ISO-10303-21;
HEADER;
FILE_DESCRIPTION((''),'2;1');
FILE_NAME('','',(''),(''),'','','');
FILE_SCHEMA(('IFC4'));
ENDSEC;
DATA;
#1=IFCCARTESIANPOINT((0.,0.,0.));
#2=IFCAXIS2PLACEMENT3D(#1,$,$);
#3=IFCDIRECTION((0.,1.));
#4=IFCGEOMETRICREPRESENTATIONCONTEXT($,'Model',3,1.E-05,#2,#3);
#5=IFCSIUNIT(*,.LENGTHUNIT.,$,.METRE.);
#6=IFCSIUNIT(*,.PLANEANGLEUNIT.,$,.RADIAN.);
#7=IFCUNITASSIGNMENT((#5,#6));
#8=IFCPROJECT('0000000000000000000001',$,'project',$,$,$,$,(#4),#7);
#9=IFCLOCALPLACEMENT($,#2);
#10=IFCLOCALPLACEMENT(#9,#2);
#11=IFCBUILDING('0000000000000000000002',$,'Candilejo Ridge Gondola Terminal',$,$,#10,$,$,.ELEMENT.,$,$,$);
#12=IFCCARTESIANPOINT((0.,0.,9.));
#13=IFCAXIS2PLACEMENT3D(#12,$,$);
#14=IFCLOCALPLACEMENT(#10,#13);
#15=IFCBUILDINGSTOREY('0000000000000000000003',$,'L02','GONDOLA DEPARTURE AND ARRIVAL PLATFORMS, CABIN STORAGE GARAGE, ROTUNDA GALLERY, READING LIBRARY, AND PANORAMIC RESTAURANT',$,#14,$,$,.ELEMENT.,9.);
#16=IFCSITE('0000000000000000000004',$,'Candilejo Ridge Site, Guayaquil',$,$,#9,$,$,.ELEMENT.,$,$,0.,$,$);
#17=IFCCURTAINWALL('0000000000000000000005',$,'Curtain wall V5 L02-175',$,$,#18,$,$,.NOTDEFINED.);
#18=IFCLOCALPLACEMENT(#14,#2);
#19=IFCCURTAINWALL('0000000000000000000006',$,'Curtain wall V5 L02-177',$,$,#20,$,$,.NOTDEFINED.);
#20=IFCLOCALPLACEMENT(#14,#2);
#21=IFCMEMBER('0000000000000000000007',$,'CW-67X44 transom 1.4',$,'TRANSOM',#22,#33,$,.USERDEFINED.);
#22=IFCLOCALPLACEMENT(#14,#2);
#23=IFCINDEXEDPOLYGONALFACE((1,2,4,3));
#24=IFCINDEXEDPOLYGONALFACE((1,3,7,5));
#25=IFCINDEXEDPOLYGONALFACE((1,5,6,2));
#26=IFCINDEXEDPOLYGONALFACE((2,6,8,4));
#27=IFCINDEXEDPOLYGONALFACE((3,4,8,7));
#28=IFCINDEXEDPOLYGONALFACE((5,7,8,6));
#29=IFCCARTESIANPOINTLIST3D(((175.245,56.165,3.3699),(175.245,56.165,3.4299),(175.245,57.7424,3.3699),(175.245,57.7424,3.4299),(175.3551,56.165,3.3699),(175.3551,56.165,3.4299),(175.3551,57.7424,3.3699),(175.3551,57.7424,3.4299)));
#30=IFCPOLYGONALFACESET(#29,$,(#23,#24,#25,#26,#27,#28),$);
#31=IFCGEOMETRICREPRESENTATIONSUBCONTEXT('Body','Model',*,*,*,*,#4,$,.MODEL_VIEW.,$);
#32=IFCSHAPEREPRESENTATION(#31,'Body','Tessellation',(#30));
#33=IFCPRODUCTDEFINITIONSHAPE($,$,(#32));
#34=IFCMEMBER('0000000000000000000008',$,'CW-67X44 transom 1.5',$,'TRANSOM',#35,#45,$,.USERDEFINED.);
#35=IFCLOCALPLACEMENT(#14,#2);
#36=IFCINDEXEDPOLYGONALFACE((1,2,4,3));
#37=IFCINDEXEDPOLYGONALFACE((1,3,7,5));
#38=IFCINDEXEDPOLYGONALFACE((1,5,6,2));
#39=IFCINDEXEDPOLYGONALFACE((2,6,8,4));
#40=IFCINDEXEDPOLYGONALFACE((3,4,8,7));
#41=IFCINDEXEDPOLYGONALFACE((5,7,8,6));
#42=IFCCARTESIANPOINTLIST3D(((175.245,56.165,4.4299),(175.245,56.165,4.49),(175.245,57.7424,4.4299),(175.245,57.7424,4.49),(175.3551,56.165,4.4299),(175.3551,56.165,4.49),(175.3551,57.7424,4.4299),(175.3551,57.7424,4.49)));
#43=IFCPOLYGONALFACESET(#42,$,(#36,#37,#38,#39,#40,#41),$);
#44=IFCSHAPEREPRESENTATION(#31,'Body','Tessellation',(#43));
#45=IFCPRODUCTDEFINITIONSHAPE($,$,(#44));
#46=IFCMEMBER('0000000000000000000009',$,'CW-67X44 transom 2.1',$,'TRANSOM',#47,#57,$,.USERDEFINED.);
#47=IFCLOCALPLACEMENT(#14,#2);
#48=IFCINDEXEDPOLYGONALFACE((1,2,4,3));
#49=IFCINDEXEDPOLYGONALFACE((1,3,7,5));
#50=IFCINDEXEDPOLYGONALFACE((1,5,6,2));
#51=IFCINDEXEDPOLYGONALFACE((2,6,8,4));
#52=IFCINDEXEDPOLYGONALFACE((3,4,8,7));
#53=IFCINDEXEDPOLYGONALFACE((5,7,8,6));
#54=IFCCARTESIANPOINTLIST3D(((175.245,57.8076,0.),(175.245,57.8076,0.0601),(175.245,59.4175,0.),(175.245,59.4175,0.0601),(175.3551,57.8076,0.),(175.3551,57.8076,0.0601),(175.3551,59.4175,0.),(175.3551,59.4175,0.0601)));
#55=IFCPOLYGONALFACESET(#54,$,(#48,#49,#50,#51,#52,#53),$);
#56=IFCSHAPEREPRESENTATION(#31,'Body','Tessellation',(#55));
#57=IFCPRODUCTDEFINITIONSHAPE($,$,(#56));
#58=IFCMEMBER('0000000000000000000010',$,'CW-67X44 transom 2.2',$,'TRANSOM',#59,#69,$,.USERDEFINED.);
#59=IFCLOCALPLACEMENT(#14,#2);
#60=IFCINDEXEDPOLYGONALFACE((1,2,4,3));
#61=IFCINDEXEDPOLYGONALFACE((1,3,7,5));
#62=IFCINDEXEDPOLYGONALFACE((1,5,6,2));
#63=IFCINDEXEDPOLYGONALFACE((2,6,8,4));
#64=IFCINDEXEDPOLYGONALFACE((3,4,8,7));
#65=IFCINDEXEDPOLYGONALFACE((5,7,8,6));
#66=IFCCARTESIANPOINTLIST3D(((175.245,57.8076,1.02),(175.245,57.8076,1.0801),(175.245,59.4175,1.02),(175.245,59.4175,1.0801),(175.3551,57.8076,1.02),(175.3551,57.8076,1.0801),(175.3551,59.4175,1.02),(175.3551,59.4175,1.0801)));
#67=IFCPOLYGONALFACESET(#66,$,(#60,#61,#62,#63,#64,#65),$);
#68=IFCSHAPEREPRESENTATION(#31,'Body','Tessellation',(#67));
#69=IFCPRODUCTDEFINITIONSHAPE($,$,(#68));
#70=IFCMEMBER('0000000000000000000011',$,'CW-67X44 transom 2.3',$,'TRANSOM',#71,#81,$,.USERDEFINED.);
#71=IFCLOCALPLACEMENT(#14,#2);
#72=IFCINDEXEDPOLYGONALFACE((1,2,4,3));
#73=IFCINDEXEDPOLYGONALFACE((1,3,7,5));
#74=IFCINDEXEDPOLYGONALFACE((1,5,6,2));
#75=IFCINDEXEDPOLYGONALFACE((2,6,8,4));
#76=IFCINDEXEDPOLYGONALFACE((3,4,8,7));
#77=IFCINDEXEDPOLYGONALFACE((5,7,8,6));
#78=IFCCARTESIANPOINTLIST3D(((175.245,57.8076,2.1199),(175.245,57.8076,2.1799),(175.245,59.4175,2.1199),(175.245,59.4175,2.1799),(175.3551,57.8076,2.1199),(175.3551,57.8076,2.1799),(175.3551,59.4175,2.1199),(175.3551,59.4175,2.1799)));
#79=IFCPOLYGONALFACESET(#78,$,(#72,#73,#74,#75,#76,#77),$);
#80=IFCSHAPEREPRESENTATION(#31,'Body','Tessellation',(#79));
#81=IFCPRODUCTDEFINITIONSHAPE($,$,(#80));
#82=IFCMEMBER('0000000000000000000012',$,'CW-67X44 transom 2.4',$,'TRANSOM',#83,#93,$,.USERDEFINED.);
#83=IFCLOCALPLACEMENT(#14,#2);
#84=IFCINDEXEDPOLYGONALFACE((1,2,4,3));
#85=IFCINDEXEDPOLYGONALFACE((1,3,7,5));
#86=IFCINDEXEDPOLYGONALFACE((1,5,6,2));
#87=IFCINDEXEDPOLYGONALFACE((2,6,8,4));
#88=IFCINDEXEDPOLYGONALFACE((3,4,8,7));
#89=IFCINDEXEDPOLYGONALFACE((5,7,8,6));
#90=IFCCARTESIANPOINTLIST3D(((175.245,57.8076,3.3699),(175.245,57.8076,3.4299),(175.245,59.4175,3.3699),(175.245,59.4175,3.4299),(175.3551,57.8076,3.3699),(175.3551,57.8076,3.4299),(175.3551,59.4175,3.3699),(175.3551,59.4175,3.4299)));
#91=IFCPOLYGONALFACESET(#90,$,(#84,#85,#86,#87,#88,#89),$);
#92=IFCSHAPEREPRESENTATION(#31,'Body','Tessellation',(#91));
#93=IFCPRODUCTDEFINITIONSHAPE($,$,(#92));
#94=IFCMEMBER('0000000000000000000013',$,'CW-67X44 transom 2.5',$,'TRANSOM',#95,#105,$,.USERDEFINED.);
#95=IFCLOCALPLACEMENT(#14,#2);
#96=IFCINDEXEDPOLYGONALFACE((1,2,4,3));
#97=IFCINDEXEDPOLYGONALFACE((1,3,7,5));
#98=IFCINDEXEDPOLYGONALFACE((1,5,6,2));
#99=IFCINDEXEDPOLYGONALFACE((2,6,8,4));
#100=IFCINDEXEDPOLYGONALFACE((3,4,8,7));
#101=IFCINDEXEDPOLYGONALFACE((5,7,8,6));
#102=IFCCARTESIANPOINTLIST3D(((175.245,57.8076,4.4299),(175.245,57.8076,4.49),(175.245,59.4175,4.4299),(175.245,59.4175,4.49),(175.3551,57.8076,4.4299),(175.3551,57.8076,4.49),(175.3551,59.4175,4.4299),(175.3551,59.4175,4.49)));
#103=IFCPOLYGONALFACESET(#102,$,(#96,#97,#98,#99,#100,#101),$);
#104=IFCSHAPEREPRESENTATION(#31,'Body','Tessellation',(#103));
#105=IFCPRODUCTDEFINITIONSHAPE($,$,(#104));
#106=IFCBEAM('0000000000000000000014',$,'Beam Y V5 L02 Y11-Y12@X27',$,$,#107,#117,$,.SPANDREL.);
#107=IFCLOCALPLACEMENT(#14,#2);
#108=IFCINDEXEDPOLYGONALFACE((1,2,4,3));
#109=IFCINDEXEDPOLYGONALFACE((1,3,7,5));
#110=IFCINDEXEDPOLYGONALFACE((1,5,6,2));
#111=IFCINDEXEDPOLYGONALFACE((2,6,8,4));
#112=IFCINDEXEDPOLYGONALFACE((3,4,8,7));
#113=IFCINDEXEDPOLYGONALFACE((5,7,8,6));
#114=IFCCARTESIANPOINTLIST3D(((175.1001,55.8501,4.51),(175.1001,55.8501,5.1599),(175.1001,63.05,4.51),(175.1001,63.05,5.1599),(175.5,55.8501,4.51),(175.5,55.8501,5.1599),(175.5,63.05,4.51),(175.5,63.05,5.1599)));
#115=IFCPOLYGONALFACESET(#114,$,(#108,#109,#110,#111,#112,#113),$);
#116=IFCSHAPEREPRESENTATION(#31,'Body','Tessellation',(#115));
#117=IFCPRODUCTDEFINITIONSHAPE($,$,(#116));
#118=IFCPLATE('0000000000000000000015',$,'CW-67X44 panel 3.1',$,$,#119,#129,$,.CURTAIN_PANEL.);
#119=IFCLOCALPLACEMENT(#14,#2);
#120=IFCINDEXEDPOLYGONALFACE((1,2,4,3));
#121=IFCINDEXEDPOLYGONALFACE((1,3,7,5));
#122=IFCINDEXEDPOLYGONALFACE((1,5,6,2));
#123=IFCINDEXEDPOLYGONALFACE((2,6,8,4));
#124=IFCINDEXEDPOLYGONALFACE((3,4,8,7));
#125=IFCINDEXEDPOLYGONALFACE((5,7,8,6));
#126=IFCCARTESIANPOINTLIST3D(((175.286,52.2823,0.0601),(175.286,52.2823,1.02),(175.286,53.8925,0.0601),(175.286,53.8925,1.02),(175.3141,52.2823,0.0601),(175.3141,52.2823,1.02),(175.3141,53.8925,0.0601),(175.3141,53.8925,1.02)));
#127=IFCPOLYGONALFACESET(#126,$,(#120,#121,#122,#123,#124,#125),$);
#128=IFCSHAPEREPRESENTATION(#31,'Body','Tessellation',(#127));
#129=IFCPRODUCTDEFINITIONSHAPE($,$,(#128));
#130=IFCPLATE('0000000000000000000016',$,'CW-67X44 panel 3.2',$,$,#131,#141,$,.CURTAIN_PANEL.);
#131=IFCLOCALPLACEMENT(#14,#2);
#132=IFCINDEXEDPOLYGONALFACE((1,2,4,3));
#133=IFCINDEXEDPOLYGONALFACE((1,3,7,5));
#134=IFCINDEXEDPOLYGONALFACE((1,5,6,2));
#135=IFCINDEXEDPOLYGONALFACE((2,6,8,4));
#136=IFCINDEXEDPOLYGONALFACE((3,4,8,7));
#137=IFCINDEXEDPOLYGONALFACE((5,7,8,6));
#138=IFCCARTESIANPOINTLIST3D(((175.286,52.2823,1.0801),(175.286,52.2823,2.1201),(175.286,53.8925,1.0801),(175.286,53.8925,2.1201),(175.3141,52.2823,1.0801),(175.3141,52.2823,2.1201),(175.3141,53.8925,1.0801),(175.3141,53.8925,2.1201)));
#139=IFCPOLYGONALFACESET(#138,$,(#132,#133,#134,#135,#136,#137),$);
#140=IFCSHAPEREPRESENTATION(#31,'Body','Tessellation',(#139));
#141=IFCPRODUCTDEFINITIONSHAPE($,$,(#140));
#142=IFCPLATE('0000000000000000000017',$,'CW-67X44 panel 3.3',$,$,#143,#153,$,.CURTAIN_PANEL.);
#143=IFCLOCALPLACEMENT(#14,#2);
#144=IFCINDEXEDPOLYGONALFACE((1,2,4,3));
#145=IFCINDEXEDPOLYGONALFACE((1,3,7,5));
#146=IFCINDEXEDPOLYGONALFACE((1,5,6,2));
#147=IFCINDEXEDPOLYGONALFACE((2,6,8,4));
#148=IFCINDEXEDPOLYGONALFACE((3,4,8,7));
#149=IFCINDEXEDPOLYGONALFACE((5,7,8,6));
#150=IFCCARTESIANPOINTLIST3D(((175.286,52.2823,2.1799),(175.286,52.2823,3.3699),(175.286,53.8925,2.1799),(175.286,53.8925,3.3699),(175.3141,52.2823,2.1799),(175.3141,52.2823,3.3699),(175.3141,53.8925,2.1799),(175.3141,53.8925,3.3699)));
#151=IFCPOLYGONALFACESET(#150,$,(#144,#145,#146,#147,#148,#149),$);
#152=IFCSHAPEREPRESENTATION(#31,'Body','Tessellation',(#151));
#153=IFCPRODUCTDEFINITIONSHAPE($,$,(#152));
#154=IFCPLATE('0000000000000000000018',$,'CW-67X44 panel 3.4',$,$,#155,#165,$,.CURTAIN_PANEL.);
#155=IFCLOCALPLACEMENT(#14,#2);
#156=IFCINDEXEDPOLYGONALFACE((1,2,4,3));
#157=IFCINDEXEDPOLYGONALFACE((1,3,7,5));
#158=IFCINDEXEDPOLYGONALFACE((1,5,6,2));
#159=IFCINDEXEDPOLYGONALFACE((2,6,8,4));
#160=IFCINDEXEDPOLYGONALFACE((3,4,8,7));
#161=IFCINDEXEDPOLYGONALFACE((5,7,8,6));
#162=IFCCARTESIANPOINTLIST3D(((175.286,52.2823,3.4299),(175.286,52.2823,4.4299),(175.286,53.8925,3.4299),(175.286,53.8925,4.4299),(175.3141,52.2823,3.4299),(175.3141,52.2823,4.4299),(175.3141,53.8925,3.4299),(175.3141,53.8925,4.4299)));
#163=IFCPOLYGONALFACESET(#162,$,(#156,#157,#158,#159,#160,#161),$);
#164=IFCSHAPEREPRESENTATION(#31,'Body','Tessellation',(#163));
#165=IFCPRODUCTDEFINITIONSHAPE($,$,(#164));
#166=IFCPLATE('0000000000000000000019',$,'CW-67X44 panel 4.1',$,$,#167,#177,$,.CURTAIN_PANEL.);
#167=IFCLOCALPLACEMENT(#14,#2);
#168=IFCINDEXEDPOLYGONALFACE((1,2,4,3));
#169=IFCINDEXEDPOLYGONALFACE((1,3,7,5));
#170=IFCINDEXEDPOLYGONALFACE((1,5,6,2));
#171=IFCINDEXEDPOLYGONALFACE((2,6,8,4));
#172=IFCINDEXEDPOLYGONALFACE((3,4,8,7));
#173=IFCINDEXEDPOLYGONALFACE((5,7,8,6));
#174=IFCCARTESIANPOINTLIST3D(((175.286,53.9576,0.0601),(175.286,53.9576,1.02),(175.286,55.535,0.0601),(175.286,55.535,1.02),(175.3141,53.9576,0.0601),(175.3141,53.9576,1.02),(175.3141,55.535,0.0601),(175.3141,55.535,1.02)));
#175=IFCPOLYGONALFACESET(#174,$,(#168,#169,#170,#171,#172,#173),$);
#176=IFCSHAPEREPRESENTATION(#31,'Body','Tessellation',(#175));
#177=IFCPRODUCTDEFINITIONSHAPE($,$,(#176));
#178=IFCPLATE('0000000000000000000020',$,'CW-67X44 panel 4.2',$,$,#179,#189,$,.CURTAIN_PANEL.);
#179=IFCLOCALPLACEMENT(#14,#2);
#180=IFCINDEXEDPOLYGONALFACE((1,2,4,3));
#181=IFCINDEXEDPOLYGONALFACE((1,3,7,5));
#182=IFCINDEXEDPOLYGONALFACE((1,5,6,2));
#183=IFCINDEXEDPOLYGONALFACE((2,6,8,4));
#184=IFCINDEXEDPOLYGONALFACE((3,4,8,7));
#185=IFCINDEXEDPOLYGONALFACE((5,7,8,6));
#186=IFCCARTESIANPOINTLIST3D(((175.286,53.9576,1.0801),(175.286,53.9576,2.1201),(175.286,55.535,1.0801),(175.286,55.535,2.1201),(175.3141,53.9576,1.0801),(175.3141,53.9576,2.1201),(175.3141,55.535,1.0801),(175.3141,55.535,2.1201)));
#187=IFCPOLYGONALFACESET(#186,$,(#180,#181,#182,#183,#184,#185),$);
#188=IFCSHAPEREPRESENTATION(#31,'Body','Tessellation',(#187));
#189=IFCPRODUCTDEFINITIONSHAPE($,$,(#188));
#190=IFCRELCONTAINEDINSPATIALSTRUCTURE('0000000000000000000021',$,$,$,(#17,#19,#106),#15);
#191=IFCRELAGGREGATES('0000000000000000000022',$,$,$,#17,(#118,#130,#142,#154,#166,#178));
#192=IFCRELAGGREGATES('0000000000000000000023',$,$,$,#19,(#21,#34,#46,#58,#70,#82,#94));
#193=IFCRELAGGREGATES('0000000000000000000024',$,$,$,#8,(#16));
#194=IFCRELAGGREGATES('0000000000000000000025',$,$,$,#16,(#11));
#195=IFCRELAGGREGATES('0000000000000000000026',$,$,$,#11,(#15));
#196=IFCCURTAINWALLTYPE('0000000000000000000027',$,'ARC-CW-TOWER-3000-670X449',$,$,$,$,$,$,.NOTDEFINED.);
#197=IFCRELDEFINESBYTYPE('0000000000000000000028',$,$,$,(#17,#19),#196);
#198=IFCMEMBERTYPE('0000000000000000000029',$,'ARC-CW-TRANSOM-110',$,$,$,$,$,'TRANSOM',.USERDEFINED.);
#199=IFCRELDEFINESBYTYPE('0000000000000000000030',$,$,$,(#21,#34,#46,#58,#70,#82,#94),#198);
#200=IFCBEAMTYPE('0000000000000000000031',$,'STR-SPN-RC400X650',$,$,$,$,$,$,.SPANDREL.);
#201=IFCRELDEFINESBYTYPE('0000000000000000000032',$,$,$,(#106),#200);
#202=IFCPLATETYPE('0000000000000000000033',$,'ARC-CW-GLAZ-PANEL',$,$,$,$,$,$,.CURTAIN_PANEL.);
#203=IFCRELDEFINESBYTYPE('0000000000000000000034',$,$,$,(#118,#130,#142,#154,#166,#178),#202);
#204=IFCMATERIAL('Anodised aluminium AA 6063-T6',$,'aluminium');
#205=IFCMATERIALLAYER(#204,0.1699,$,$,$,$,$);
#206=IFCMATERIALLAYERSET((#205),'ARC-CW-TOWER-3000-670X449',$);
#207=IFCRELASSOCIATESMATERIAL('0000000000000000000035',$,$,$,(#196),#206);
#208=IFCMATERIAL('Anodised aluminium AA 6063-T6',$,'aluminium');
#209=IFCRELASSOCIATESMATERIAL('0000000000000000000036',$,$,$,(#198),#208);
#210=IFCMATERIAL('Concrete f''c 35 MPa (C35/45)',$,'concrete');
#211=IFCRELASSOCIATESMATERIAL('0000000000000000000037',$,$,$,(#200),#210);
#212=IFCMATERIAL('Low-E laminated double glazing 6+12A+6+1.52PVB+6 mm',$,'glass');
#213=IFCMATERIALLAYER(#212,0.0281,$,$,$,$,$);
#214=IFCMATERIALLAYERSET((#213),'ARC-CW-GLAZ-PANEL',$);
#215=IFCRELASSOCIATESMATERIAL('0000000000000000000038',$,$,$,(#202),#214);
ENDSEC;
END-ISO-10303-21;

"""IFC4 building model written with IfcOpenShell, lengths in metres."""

from ifc_helpers import new_model, si_unit, direction, frame, origin, origin_2d, place, context, subcontext, project, spatial, rectangle, extrude, material, layer, layer_set, material_profile, profile_set, type_object, element, aggregate, save


model = new_model("IFC4")

# Units and contexts
model_context = context("Model", 3, precision=1e-05, world=origin(), true_north=direction((0.0, 1.0)))
body_context = subcontext(model_context, "Body", "Model", "MODEL_VIEW")
ifc_project = project(units=[si_unit("LENGTHUNIT", "METRE"), si_unit("PLANEANGLEUNIT", "RADIAN")], contexts=[model_context])

# Site, building, storey
site_placement = place(None, origin())
site = spatial("IfcSite", under=ifc_project, at=site_placement, Name="Candilejo Ridge Site, Guayaquil", CompositionType="ELEMENT", RefElevation=0.0)
building_placement = place(site_placement, origin())
building = spatial("IfcBuilding", under=site, at=building_placement, Name="Candilejo Ridge Gondola Terminal", CompositionType="ELEMENT")
storey_placement = place(building_placement, frame((0.0, 0.0, 9.0)))
storey = spatial("IfcBuildingStorey", under=building, at=storey_placement, Name="L02", Description="GONDOLA DEPARTURE AND ARRIVAL PLATFORMS, CABIN STORAGE GARAGE, ROTUNDA GALLERY, READING LIBRARY, AND PANORAMIC RESTAURANT", CompositionType="ELEMENT", Elevation=9.0)

# Curtain walls
ifc_material_1 = material(Name="Anodised aluminium AA 6063-T6", Category="aluminium")
ifc_layer_1 = layer(ifc_material_1, 0.1699)
ifc_layer_set_1 = layer_set([ifc_layer_1], Name="ARC-CW-TOWER-3000-670X449")
curtain_wall_type = type_object("IfcCurtainWallType", Name="ARC-CW-TOWER-3000-670X449", PredefinedType="NOTDEFINED", material=ifc_layer_set_1)
curtain_wall_1_placement = place(storey_placement, origin())
curtain_wall_1 = element("IfcCurtainWall", 1, at=curtain_wall_1_placement, inside=storey, type_object=curtain_wall_type, Name="Curtain wall V5 L02-175", PredefinedType="NOTDEFINED")
curtain_wall_2_placement = place(storey_placement, origin())
curtain_wall_2 = element("IfcCurtainWall", 2, at=curtain_wall_2_placement, inside=storey, type_object=curtain_wall_type, Name="Curtain wall V5 L02-177", PredefinedType="NOTDEFINED")

# Members
ifc_material_2 = material(Name="Anodised aluminium AA 6063-T6", Category="aluminium")
ifc_material_profile_1 = material_profile(ifc_material_2, rectangle(XDim=0.1101, YDim=0.0601, at=origin_2d()))
ifc_profile_set_1 = profile_set([ifc_material_profile_1], Name="Anodised aluminium AA 6063-T6")
member_type_1 = type_object("IfcMemberType", Name="ARC-CW-TRANSOM-110", ElementType="TRANSOM", PredefinedType="USERDEFINED", material=ifc_profile_set_1)
member_1_placement = place(storey_placement, frame((175.3, 56.165, 3.3999), z_axis=(0.0, 1.0, 0.0), x_axis=(-1.0, 0.0, 0.0)))
member_1 = element("IfcMember", 3, at=member_1_placement, type_object=member_type_1, Name="CW-67X44 transom 1.4", ObjectType="TRANSOM", PredefinedType="USERDEFINED", context=body_context, shape_type="SweptSolid", body=[
    extrude(rectangle(XDim=0.1101, YDim=0.0601, at=origin_2d()), origin(), (0.0, 0.0, 1.0), 1.5774),
])
member_2_placement = place(storey_placement, frame((175.3, 56.165, 4.46), z_axis=(0.0, 1.0, 0.0), x_axis=(-1.0, 0.0, 0.0)))
member_2 = element("IfcMember", 4, at=member_2_placement, type_object=member_type_1, Name="CW-67X44 transom 1.5", ObjectType="TRANSOM", PredefinedType="USERDEFINED", context=body_context, shape_type="SweptSolid", body=[
    extrude(rectangle(XDim=0.1101, YDim=0.0601, at=origin_2d()), origin(), (0.0, 0.0, 1.0), 1.5774),
])
member_3_placement = place(storey_placement, frame((175.3, 57.8076, 0.03), z_axis=(0.0, 1.0, 0.0), x_axis=(-1.0, 0.0, 0.0)))
member_3 = element("IfcMember", 5, at=member_3_placement, type_object=member_type_1, Name="CW-67X44 transom 2.1", ObjectType="TRANSOM", PredefinedType="USERDEFINED", context=body_context, shape_type="SweptSolid", body=[
    extrude(rectangle(XDim=0.1101, YDim=0.0601, at=origin_2d()), origin(), (0.0, 0.0, 1.0), 1.6099),
])
member_4_placement = place(storey_placement, frame((175.3, 57.8076, 1.05), z_axis=(0.0, 1.0, 0.0), x_axis=(-1.0, 0.0, 0.0)))
member_4 = element("IfcMember", 6, at=member_4_placement, type_object=member_type_1, Name="CW-67X44 transom 2.2", ObjectType="TRANSOM", PredefinedType="USERDEFINED", context=body_context, shape_type="SweptSolid", body=[
    extrude(rectangle(XDim=0.1101, YDim=0.0601, at=origin_2d()), origin(), (0.0, 0.0, 1.0), 1.6099),
])
member_5_placement = place(storey_placement, frame((175.3, 57.8076, 2.1499), z_axis=(0.0, 1.0, 0.0), x_axis=(-1.0, 0.0, 0.0)))
member_5 = element("IfcMember", 7, at=member_5_placement, type_object=member_type_1, Name="CW-67X44 transom 2.3", ObjectType="TRANSOM", PredefinedType="USERDEFINED", context=body_context, shape_type="SweptSolid", body=[
    extrude(rectangle(XDim=0.1101, YDim=0.0601, at=origin_2d()), origin(), (0.0, 0.0, 1.0), 1.6099),
])
member_6_placement = place(storey_placement, frame((175.3, 57.8076, 3.3999), z_axis=(0.0, 1.0, 0.0), x_axis=(-1.0, 0.0, 0.0)))
member_6 = element("IfcMember", 8, at=member_6_placement, type_object=member_type_1, Name="CW-67X44 transom 2.4", ObjectType="TRANSOM", PredefinedType="USERDEFINED", context=body_context, shape_type="SweptSolid", body=[
    extrude(rectangle(XDim=0.1101, YDim=0.0601, at=origin_2d()), origin(), (0.0, 0.0, 1.0), 1.6099),
])
member_7_placement = place(storey_placement, frame((175.3, 57.8076, 4.46), z_axis=(0.0, 1.0, 0.0), x_axis=(-1.0, 0.0, 0.0)))
member_7 = element("IfcMember", 9, at=member_7_placement, type_object=member_type_1, Name="CW-67X44 transom 2.5", ObjectType="TRANSOM", PredefinedType="USERDEFINED", context=body_context, shape_type="SweptSolid", body=[
    extrude(rectangle(XDim=0.1101, YDim=0.0601, at=origin_2d()), origin(), (0.0, 0.0, 1.0), 1.6099),
])

# Beam
ifc_material_3 = material(Name="Concrete f'c 35 MPa (C35/45)", Category="concrete")
ifc_material_profile_2 = material_profile(ifc_material_3, rectangle(XDim=0.3999, YDim=0.6499, at=origin_2d()))
ifc_profile_set_2 = profile_set([ifc_material_profile_2], Name="Concrete f'c 35 MPa (C35/45)")
beam_type = type_object("IfcBeamType", Name="STR-SPN-RC400X650", PredefinedType="SPANDREL", material=ifc_profile_set_2)
beam_placement = place(storey_placement, frame((175.3, 55.8501, 4.835), z_axis=(0.0, 1.0, 0.0), x_axis=(-1.0, 0.0, 0.0)))
element("IfcBeam", 10, at=beam_placement, inside=storey, type_object=beam_type, Name="Beam Y V5 L02 Y11-Y12@X27", PredefinedType="SPANDREL", context=body_context, shape_type="SweptSolid", body=[
    extrude(rectangle(XDim=0.3999, YDim=0.6499, at=origin_2d()), origin(), (0.0, 0.0, 1.0), 7.2),
])

# Plates
ifc_material_4 = material(Name="Low-E laminated double glazing 6+12A+6+1.52PVB+6 mm", Category="glass")
ifc_layer_2 = layer(ifc_material_4, 0.0281)
ifc_layer_set_2 = layer_set([ifc_layer_2], Name="ARC-CW-GLAZ-PANEL")
plate_type = type_object("IfcPlateType", Name="ARC-CW-GLAZ-PANEL", PredefinedType="CURTAIN_PANEL", material=ifc_layer_set_2)
plate_1_placement = place(storey_placement, frame((175.3, 53.0874, 0.0601), z_axis=(0.0, 0.0, 1.0), x_axis=(0.0, 1.0, 0.0)))
plate_1 = element("IfcPlate", 11, at=plate_1_placement, type_object=plate_type, Name="CW-67X44 panel 3.1", PredefinedType="CURTAIN_PANEL", context=body_context, shape_type="SweptSolid", body=[
    extrude(rectangle(XDim=1.6101, YDim=0.0281, at=origin_2d()), origin(), (0.0, 0.0, 1.0), 0.96),
])
plate_2_placement = place(storey_placement, frame((175.3, 53.0874, 1.0801), z_axis=(0.0, 0.0, 1.0), x_axis=(0.0, 1.0, 0.0)))
plate_2 = element("IfcPlate", 12, at=plate_2_placement, type_object=plate_type, Name="CW-67X44 panel 3.2", PredefinedType="CURTAIN_PANEL", context=body_context, shape_type="SweptSolid", body=[
    extrude(rectangle(XDim=1.6101, YDim=0.0281, at=origin_2d()), origin(), (0.0, 0.0, 1.0), 1.04),
])
plate_3_placement = place(storey_placement, frame((175.3, 53.0874, 2.1799), z_axis=(0.0, 0.0, 1.0), x_axis=(0.0, 1.0, 0.0)))
plate_3 = element("IfcPlate", 13, at=plate_3_placement, type_object=plate_type, Name="CW-67X44 panel 3.3", PredefinedType="CURTAIN_PANEL", context=body_context, shape_type="SweptSolid", body=[
    extrude(rectangle(XDim=1.6101, YDim=0.0281, at=origin_2d()), origin(), (0.0, 0.0, 1.0), 1.1899),
])
plate_4_placement = place(storey_placement, frame((175.3, 53.0874, 3.4299), z_axis=(0.0, 0.0, 1.0), x_axis=(0.0, 1.0, 0.0)))
plate_4 = element("IfcPlate", 14, at=plate_4_placement, type_object=plate_type, Name="CW-67X44 panel 3.4", PredefinedType="CURTAIN_PANEL", context=body_context, shape_type="SweptSolid", body=[
    extrude(rectangle(XDim=1.6101, YDim=0.0281, at=origin_2d()), origin(), (0.0, 0.0, 1.0), 1.0),
])
plate_5_placement = place(storey_placement, frame((175.3, 54.7463, 0.0601), z_axis=(0.0, 0.0, 1.0), x_axis=(0.0, 1.0, 0.0)))
plate_5 = element("IfcPlate", 15, at=plate_5_placement, type_object=plate_type, Name="CW-67X44 panel 4.1", PredefinedType="CURTAIN_PANEL", context=body_context, shape_type="SweptSolid", body=[
    extrude(rectangle(XDim=1.5774, YDim=0.0281, at=origin_2d()), origin(), (0.0, 0.0, 1.0), 0.96),
])
plate_6_placement = place(storey_placement, frame((175.3, 54.7463, 1.0801), z_axis=(0.0, 0.0, 1.0), x_axis=(0.0, 1.0, 0.0)))
plate_6 = element("IfcPlate", 16, at=plate_6_placement, type_object=plate_type, Name="CW-67X44 panel 4.2", PredefinedType="CURTAIN_PANEL", context=body_context, shape_type="SweptSolid", body=[
    extrude(rectangle(XDim=1.5774, YDim=0.0281, at=origin_2d()), origin(), (0.0, 0.0, 1.0), 1.04),
])
aggregate(curtain_wall_1, [plate_1, plate_2, plate_3, plate_4, plate_5, plate_6])
aggregate(curtain_wall_2, [member_1, member_2, member_3, member_4, member_5, member_6, member_7])

save(model, "model.ifc")
